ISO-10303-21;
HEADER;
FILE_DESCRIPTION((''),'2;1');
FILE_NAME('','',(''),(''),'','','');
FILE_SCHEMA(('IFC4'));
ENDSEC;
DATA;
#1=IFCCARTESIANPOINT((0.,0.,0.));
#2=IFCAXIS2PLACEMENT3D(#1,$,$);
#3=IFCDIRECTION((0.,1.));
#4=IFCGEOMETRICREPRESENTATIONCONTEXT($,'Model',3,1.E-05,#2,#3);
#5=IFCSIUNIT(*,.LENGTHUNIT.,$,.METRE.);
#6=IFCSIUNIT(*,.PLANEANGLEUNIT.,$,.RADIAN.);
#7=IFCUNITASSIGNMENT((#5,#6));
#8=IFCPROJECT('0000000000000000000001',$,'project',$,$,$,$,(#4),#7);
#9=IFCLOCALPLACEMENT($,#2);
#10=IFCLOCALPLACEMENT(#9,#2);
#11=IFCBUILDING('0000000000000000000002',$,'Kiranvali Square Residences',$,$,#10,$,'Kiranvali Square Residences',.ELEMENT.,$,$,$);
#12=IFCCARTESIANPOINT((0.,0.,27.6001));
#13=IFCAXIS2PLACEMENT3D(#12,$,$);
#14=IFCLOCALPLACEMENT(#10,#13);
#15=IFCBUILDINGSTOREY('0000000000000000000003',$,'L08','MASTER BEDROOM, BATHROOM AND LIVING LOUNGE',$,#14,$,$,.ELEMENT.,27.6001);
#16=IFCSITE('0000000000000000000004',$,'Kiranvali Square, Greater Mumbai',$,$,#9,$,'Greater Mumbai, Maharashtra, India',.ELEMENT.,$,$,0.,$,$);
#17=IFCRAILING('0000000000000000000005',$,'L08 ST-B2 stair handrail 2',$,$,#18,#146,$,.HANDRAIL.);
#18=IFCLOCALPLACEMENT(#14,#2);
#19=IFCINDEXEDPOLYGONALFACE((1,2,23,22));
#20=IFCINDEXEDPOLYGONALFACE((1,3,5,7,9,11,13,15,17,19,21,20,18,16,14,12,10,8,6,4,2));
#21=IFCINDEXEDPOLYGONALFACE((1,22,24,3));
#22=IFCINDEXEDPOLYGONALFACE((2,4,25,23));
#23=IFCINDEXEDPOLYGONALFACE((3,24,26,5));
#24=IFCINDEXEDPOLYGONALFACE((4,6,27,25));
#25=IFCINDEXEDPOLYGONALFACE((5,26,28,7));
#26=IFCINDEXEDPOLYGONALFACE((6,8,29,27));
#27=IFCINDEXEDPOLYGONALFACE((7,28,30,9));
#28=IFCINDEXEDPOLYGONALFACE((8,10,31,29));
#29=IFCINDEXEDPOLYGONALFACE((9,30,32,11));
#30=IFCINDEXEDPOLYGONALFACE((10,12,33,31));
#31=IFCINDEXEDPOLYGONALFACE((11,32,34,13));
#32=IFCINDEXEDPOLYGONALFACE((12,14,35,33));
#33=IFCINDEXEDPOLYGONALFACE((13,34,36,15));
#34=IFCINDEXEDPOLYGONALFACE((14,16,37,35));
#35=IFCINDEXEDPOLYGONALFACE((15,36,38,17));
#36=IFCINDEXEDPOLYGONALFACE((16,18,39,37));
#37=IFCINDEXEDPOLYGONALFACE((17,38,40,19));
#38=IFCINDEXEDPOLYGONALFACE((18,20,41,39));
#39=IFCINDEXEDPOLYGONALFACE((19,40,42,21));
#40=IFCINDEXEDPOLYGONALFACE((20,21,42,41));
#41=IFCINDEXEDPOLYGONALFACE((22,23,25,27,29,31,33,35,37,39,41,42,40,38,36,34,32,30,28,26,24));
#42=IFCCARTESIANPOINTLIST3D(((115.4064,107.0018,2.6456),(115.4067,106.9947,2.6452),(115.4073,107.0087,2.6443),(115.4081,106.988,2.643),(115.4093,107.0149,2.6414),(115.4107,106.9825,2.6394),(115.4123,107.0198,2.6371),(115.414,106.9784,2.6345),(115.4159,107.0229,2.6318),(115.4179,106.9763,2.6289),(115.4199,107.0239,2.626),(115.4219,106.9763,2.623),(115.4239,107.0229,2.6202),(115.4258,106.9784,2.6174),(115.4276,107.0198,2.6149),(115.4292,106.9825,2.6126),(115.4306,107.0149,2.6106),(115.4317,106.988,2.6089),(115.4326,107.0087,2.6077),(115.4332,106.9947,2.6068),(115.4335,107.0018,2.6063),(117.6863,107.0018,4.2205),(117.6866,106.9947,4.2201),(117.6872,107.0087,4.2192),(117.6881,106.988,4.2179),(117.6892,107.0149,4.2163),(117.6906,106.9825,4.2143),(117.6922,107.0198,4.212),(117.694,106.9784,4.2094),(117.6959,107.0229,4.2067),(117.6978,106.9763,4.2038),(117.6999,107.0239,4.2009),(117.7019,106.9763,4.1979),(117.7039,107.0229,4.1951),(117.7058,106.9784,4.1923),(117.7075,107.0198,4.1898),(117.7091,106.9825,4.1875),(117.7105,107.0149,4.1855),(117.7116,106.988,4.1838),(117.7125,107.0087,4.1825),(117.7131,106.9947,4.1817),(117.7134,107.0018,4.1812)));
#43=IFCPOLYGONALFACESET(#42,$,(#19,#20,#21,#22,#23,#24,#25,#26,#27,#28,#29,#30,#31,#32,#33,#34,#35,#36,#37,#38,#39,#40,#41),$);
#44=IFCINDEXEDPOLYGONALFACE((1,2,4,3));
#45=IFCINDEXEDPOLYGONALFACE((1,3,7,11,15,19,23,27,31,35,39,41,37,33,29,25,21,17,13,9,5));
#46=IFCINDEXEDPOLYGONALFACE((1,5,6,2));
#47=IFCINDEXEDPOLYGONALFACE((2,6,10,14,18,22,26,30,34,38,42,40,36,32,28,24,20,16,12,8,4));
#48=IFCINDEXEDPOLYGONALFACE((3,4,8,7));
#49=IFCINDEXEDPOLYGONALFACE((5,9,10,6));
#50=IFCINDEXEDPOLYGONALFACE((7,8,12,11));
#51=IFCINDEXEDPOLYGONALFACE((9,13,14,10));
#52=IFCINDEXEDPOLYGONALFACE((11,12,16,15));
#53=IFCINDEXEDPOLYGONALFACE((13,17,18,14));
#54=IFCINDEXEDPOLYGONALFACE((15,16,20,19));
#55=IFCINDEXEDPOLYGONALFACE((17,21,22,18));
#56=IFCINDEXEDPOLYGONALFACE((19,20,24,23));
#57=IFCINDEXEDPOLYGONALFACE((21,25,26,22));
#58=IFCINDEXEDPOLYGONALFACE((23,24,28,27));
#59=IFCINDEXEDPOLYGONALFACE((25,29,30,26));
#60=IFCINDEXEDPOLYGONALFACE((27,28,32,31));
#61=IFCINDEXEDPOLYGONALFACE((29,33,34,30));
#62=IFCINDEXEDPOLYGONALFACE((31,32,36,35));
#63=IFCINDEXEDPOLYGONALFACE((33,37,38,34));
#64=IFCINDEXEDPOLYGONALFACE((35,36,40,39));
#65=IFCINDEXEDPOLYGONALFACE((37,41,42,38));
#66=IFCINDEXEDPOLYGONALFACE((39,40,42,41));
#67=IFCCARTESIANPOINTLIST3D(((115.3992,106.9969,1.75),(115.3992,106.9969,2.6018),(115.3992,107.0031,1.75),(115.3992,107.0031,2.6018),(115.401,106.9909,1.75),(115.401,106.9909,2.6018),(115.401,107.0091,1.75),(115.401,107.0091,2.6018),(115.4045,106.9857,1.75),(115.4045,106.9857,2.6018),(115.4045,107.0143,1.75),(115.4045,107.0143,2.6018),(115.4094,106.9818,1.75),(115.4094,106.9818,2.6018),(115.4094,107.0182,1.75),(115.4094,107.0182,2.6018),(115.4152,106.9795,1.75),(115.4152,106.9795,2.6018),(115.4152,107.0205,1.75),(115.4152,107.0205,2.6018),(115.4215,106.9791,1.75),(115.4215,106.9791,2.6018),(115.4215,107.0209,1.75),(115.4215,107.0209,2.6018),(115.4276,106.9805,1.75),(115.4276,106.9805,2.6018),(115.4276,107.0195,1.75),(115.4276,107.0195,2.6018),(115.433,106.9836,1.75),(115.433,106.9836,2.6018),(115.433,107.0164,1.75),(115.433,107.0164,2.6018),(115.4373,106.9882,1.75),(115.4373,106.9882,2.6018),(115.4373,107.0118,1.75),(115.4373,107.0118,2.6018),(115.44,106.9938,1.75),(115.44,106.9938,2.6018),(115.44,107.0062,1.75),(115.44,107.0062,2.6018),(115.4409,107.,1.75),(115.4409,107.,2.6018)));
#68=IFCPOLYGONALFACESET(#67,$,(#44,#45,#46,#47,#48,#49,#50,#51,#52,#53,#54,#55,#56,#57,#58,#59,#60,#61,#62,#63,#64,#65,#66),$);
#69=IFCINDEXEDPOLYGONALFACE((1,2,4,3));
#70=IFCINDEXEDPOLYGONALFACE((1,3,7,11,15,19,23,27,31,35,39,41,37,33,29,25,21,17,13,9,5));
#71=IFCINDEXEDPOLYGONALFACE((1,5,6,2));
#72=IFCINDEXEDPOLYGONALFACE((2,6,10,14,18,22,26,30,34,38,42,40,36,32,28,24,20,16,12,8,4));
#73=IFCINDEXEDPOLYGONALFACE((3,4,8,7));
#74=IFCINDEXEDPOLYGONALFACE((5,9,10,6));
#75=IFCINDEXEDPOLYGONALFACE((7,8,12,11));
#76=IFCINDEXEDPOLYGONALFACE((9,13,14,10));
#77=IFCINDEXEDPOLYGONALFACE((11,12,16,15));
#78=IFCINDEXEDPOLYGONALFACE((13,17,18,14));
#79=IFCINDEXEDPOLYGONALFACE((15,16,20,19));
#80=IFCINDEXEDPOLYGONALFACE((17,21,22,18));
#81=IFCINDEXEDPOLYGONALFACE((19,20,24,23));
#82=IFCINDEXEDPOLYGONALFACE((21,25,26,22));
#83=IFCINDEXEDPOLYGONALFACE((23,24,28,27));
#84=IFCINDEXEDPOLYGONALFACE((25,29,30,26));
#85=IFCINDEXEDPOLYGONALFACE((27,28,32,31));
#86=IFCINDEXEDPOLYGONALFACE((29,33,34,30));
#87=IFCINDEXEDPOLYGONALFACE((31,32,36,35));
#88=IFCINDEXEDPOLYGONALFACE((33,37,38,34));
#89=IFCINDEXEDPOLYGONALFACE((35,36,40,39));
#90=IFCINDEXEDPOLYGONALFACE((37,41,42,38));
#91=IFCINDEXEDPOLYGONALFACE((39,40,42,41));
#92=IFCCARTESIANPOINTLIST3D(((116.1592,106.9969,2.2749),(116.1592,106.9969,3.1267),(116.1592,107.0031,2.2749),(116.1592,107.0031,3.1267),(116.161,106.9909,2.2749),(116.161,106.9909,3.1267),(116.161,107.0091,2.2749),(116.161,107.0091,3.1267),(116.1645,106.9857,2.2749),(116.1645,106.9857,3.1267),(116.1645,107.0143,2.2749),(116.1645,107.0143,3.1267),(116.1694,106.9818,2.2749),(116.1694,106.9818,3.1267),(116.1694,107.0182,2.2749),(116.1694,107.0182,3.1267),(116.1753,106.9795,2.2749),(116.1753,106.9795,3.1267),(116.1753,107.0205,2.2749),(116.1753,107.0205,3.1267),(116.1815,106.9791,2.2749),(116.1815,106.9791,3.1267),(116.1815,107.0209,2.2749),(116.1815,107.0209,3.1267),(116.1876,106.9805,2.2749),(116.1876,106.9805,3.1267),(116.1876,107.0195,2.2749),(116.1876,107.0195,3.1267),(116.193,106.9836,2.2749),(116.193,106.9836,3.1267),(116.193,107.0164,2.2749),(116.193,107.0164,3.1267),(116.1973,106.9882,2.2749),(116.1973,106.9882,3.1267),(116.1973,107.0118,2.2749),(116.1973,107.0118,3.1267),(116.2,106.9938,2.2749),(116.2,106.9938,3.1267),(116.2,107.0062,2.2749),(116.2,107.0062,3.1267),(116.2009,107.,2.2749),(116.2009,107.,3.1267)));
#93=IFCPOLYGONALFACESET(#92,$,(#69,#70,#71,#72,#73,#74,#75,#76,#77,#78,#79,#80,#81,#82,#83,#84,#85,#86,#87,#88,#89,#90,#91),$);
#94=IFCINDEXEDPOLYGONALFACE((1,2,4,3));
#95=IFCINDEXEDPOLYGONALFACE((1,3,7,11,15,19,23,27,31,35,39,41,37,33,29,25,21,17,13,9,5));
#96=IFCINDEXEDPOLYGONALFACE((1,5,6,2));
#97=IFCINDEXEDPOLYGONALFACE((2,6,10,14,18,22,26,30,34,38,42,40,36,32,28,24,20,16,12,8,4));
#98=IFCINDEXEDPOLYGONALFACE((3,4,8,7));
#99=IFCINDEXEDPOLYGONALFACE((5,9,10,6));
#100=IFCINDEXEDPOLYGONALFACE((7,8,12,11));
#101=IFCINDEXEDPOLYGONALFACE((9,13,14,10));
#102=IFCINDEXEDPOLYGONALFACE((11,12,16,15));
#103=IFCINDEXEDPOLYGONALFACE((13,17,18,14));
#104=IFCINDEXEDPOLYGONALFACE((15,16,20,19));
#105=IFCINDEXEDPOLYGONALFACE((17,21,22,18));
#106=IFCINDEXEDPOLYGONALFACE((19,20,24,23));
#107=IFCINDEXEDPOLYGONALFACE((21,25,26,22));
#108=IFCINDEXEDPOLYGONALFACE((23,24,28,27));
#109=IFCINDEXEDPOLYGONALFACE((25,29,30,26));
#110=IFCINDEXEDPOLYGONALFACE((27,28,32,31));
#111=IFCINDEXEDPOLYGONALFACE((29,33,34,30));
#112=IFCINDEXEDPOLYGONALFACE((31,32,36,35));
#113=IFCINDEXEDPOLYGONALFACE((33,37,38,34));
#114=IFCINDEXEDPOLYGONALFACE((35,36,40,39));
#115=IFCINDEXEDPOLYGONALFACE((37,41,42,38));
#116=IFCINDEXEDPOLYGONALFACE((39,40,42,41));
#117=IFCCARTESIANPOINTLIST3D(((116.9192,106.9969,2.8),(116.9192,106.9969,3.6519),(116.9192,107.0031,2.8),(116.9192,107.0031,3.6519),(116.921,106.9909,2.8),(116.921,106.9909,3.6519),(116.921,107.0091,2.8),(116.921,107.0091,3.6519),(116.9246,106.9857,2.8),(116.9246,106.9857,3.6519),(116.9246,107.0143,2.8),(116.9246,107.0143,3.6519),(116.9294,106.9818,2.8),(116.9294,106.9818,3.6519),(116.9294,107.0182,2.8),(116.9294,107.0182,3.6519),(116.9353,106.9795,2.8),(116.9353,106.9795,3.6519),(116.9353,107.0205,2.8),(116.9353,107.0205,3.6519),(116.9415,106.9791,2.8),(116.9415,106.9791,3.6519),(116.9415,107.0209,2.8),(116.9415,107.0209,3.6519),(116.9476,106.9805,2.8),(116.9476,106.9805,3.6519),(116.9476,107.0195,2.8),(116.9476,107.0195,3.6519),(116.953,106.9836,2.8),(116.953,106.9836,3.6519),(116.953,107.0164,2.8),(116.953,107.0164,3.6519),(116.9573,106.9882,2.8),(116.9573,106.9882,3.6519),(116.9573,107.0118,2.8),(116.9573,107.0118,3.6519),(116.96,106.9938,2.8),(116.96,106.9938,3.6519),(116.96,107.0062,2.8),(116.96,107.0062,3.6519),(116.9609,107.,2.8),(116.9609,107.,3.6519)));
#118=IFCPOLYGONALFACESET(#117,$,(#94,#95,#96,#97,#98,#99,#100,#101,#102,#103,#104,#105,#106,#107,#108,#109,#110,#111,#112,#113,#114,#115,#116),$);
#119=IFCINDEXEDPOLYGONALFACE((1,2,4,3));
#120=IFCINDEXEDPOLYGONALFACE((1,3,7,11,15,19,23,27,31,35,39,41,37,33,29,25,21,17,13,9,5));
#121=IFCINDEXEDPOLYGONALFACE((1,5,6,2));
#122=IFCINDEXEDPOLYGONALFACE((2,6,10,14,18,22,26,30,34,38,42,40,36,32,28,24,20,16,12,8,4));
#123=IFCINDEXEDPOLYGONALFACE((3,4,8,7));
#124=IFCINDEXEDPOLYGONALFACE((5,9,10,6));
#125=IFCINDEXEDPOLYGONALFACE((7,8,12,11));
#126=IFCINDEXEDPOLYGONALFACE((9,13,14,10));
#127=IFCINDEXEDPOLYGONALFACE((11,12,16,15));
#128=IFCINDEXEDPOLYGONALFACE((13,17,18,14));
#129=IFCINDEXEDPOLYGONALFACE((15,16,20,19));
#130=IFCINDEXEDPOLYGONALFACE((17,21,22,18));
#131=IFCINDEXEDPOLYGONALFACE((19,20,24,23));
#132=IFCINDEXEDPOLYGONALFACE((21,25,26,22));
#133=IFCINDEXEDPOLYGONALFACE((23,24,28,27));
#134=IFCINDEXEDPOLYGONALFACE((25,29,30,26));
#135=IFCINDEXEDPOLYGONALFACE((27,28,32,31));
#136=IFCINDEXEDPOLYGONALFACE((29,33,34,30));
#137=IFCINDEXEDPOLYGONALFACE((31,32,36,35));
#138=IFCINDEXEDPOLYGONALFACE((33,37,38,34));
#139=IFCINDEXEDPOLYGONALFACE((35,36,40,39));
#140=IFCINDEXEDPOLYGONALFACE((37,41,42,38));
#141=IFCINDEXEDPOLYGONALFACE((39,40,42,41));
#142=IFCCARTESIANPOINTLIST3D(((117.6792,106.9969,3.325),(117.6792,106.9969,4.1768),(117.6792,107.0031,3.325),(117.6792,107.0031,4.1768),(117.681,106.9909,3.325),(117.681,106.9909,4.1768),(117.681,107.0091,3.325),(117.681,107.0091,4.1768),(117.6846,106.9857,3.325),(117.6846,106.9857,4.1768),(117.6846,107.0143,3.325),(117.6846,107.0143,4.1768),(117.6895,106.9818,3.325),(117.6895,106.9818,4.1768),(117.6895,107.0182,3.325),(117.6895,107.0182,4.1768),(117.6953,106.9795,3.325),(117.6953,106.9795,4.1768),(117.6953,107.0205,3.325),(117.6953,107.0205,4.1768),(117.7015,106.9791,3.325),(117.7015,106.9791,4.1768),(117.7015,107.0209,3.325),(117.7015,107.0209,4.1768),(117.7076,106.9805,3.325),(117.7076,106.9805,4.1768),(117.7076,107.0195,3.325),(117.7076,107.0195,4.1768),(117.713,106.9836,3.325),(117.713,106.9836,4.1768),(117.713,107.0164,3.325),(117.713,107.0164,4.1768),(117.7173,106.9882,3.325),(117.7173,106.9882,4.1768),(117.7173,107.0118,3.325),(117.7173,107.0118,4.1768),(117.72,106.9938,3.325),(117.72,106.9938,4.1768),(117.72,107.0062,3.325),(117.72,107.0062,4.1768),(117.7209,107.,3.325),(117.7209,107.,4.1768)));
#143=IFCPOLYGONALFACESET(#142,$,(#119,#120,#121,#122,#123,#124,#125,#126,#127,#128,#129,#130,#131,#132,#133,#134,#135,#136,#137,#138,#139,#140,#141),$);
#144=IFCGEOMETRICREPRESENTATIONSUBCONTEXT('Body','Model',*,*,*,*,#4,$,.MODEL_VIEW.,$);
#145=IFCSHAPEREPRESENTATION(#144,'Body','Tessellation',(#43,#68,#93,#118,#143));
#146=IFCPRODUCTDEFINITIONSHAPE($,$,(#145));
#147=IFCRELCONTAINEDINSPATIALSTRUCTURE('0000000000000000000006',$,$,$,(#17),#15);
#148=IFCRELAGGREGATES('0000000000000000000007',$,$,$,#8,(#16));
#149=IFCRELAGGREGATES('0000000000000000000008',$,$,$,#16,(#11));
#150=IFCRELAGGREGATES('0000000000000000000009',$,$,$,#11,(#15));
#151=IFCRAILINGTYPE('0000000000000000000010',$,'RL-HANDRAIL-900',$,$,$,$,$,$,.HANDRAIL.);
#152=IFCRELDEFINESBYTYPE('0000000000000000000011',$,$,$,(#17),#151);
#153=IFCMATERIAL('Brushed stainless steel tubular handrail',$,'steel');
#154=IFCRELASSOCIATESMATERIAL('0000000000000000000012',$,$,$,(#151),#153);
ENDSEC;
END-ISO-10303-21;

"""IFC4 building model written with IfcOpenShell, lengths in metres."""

from ifc_helpers import new_model, si_unit, direction, frame, origin, origin_2d, place, context, subcontext, project, spatial, circle, extrude, material, type_object, element, save


model = new_model("IFC4")

# Units and contexts
model_context = context("Model", 3, precision=1e-05, world=origin(), true_north=direction((0.0, 1.0)))
body_context = subcontext(model_context, "Body", "Model", "MODEL_VIEW")
ifc_project = project(units=[si_unit("LENGTHUNIT", "METRE"), si_unit("PLANEANGLEUNIT", "RADIAN")], contexts=[model_context])

# Site, building, storey
site_placement = place(None, origin())
site = spatial("IfcSite", under=ifc_project, at=site_placement, Name="Kiranvali Square, Greater Mumbai", LongName="Greater Mumbai, Maharashtra, India", CompositionType="ELEMENT", RefElevation=0.0)
building_placement = place(site_placement, origin())
building = spatial("IfcBuilding", under=site, at=building_placement, Name="Kiranvali Square Residences", LongName="Kiranvali Square Residences", CompositionType="ELEMENT")
storey_placement = place(building_placement, frame((0.0, 0.0, 27.6001)))
storey = spatial("IfcBuildingStorey", under=building, at=storey_placement, Name="L08", Description="MASTER BEDROOM, BATHROOM AND LIVING LOUNGE", CompositionType="ELEMENT", Elevation=27.6001)

# Railing
ifc_material_1 = material(Name="Brushed stainless steel tubular handrail", Category="steel")
railing_type_1 = type_object("IfcRailingType", Name="RL-HANDRAIL-900", PredefinedType="HANDRAIL", material=ifc_material_1)
railing_1_placement = place(storey_placement, frame((115.4199, 107.0, 1.75)))
element("IfcRailing", 1, at=railing_1_placement, inside=storey, type_object=railing_type_1, Name="L08 ST-B2 stair handrail 2", PredefinedType="HANDRAIL", context=body_context, shape_type="SweptSolid", body=[
    extrude(circle(Radius=0.0239, at=origin_2d()), frame((0.0, 0.0, 0.876), z_axis=(0.822788, 0.0, 0.568348), x_axis=(0.0, 1.0, 0.0)), (0.0, 0.0, 1.0), 2.771),
    extrude(circle(Radius=0.021, at=origin_2d()), origin(), (0.0, 0.0, 1.0), 0.8518),
    extrude(circle(Radius=0.021, at=origin_2d()), frame((0.76, 0.0, 0.5249)), (0.0, 0.0, 1.0), 0.8518),
    extrude(circle(Radius=0.021, at=origin_2d()), frame((1.52, 0.0, 1.05)), (0.0, 0.0, 1.0), 0.8518),
    extrude(circle(Radius=0.021, at=origin_2d()), frame((2.28, 0.0, 1.575)), (0.0, 0.0, 1.0), 0.8518),
])

save(model, "model.ifc")
